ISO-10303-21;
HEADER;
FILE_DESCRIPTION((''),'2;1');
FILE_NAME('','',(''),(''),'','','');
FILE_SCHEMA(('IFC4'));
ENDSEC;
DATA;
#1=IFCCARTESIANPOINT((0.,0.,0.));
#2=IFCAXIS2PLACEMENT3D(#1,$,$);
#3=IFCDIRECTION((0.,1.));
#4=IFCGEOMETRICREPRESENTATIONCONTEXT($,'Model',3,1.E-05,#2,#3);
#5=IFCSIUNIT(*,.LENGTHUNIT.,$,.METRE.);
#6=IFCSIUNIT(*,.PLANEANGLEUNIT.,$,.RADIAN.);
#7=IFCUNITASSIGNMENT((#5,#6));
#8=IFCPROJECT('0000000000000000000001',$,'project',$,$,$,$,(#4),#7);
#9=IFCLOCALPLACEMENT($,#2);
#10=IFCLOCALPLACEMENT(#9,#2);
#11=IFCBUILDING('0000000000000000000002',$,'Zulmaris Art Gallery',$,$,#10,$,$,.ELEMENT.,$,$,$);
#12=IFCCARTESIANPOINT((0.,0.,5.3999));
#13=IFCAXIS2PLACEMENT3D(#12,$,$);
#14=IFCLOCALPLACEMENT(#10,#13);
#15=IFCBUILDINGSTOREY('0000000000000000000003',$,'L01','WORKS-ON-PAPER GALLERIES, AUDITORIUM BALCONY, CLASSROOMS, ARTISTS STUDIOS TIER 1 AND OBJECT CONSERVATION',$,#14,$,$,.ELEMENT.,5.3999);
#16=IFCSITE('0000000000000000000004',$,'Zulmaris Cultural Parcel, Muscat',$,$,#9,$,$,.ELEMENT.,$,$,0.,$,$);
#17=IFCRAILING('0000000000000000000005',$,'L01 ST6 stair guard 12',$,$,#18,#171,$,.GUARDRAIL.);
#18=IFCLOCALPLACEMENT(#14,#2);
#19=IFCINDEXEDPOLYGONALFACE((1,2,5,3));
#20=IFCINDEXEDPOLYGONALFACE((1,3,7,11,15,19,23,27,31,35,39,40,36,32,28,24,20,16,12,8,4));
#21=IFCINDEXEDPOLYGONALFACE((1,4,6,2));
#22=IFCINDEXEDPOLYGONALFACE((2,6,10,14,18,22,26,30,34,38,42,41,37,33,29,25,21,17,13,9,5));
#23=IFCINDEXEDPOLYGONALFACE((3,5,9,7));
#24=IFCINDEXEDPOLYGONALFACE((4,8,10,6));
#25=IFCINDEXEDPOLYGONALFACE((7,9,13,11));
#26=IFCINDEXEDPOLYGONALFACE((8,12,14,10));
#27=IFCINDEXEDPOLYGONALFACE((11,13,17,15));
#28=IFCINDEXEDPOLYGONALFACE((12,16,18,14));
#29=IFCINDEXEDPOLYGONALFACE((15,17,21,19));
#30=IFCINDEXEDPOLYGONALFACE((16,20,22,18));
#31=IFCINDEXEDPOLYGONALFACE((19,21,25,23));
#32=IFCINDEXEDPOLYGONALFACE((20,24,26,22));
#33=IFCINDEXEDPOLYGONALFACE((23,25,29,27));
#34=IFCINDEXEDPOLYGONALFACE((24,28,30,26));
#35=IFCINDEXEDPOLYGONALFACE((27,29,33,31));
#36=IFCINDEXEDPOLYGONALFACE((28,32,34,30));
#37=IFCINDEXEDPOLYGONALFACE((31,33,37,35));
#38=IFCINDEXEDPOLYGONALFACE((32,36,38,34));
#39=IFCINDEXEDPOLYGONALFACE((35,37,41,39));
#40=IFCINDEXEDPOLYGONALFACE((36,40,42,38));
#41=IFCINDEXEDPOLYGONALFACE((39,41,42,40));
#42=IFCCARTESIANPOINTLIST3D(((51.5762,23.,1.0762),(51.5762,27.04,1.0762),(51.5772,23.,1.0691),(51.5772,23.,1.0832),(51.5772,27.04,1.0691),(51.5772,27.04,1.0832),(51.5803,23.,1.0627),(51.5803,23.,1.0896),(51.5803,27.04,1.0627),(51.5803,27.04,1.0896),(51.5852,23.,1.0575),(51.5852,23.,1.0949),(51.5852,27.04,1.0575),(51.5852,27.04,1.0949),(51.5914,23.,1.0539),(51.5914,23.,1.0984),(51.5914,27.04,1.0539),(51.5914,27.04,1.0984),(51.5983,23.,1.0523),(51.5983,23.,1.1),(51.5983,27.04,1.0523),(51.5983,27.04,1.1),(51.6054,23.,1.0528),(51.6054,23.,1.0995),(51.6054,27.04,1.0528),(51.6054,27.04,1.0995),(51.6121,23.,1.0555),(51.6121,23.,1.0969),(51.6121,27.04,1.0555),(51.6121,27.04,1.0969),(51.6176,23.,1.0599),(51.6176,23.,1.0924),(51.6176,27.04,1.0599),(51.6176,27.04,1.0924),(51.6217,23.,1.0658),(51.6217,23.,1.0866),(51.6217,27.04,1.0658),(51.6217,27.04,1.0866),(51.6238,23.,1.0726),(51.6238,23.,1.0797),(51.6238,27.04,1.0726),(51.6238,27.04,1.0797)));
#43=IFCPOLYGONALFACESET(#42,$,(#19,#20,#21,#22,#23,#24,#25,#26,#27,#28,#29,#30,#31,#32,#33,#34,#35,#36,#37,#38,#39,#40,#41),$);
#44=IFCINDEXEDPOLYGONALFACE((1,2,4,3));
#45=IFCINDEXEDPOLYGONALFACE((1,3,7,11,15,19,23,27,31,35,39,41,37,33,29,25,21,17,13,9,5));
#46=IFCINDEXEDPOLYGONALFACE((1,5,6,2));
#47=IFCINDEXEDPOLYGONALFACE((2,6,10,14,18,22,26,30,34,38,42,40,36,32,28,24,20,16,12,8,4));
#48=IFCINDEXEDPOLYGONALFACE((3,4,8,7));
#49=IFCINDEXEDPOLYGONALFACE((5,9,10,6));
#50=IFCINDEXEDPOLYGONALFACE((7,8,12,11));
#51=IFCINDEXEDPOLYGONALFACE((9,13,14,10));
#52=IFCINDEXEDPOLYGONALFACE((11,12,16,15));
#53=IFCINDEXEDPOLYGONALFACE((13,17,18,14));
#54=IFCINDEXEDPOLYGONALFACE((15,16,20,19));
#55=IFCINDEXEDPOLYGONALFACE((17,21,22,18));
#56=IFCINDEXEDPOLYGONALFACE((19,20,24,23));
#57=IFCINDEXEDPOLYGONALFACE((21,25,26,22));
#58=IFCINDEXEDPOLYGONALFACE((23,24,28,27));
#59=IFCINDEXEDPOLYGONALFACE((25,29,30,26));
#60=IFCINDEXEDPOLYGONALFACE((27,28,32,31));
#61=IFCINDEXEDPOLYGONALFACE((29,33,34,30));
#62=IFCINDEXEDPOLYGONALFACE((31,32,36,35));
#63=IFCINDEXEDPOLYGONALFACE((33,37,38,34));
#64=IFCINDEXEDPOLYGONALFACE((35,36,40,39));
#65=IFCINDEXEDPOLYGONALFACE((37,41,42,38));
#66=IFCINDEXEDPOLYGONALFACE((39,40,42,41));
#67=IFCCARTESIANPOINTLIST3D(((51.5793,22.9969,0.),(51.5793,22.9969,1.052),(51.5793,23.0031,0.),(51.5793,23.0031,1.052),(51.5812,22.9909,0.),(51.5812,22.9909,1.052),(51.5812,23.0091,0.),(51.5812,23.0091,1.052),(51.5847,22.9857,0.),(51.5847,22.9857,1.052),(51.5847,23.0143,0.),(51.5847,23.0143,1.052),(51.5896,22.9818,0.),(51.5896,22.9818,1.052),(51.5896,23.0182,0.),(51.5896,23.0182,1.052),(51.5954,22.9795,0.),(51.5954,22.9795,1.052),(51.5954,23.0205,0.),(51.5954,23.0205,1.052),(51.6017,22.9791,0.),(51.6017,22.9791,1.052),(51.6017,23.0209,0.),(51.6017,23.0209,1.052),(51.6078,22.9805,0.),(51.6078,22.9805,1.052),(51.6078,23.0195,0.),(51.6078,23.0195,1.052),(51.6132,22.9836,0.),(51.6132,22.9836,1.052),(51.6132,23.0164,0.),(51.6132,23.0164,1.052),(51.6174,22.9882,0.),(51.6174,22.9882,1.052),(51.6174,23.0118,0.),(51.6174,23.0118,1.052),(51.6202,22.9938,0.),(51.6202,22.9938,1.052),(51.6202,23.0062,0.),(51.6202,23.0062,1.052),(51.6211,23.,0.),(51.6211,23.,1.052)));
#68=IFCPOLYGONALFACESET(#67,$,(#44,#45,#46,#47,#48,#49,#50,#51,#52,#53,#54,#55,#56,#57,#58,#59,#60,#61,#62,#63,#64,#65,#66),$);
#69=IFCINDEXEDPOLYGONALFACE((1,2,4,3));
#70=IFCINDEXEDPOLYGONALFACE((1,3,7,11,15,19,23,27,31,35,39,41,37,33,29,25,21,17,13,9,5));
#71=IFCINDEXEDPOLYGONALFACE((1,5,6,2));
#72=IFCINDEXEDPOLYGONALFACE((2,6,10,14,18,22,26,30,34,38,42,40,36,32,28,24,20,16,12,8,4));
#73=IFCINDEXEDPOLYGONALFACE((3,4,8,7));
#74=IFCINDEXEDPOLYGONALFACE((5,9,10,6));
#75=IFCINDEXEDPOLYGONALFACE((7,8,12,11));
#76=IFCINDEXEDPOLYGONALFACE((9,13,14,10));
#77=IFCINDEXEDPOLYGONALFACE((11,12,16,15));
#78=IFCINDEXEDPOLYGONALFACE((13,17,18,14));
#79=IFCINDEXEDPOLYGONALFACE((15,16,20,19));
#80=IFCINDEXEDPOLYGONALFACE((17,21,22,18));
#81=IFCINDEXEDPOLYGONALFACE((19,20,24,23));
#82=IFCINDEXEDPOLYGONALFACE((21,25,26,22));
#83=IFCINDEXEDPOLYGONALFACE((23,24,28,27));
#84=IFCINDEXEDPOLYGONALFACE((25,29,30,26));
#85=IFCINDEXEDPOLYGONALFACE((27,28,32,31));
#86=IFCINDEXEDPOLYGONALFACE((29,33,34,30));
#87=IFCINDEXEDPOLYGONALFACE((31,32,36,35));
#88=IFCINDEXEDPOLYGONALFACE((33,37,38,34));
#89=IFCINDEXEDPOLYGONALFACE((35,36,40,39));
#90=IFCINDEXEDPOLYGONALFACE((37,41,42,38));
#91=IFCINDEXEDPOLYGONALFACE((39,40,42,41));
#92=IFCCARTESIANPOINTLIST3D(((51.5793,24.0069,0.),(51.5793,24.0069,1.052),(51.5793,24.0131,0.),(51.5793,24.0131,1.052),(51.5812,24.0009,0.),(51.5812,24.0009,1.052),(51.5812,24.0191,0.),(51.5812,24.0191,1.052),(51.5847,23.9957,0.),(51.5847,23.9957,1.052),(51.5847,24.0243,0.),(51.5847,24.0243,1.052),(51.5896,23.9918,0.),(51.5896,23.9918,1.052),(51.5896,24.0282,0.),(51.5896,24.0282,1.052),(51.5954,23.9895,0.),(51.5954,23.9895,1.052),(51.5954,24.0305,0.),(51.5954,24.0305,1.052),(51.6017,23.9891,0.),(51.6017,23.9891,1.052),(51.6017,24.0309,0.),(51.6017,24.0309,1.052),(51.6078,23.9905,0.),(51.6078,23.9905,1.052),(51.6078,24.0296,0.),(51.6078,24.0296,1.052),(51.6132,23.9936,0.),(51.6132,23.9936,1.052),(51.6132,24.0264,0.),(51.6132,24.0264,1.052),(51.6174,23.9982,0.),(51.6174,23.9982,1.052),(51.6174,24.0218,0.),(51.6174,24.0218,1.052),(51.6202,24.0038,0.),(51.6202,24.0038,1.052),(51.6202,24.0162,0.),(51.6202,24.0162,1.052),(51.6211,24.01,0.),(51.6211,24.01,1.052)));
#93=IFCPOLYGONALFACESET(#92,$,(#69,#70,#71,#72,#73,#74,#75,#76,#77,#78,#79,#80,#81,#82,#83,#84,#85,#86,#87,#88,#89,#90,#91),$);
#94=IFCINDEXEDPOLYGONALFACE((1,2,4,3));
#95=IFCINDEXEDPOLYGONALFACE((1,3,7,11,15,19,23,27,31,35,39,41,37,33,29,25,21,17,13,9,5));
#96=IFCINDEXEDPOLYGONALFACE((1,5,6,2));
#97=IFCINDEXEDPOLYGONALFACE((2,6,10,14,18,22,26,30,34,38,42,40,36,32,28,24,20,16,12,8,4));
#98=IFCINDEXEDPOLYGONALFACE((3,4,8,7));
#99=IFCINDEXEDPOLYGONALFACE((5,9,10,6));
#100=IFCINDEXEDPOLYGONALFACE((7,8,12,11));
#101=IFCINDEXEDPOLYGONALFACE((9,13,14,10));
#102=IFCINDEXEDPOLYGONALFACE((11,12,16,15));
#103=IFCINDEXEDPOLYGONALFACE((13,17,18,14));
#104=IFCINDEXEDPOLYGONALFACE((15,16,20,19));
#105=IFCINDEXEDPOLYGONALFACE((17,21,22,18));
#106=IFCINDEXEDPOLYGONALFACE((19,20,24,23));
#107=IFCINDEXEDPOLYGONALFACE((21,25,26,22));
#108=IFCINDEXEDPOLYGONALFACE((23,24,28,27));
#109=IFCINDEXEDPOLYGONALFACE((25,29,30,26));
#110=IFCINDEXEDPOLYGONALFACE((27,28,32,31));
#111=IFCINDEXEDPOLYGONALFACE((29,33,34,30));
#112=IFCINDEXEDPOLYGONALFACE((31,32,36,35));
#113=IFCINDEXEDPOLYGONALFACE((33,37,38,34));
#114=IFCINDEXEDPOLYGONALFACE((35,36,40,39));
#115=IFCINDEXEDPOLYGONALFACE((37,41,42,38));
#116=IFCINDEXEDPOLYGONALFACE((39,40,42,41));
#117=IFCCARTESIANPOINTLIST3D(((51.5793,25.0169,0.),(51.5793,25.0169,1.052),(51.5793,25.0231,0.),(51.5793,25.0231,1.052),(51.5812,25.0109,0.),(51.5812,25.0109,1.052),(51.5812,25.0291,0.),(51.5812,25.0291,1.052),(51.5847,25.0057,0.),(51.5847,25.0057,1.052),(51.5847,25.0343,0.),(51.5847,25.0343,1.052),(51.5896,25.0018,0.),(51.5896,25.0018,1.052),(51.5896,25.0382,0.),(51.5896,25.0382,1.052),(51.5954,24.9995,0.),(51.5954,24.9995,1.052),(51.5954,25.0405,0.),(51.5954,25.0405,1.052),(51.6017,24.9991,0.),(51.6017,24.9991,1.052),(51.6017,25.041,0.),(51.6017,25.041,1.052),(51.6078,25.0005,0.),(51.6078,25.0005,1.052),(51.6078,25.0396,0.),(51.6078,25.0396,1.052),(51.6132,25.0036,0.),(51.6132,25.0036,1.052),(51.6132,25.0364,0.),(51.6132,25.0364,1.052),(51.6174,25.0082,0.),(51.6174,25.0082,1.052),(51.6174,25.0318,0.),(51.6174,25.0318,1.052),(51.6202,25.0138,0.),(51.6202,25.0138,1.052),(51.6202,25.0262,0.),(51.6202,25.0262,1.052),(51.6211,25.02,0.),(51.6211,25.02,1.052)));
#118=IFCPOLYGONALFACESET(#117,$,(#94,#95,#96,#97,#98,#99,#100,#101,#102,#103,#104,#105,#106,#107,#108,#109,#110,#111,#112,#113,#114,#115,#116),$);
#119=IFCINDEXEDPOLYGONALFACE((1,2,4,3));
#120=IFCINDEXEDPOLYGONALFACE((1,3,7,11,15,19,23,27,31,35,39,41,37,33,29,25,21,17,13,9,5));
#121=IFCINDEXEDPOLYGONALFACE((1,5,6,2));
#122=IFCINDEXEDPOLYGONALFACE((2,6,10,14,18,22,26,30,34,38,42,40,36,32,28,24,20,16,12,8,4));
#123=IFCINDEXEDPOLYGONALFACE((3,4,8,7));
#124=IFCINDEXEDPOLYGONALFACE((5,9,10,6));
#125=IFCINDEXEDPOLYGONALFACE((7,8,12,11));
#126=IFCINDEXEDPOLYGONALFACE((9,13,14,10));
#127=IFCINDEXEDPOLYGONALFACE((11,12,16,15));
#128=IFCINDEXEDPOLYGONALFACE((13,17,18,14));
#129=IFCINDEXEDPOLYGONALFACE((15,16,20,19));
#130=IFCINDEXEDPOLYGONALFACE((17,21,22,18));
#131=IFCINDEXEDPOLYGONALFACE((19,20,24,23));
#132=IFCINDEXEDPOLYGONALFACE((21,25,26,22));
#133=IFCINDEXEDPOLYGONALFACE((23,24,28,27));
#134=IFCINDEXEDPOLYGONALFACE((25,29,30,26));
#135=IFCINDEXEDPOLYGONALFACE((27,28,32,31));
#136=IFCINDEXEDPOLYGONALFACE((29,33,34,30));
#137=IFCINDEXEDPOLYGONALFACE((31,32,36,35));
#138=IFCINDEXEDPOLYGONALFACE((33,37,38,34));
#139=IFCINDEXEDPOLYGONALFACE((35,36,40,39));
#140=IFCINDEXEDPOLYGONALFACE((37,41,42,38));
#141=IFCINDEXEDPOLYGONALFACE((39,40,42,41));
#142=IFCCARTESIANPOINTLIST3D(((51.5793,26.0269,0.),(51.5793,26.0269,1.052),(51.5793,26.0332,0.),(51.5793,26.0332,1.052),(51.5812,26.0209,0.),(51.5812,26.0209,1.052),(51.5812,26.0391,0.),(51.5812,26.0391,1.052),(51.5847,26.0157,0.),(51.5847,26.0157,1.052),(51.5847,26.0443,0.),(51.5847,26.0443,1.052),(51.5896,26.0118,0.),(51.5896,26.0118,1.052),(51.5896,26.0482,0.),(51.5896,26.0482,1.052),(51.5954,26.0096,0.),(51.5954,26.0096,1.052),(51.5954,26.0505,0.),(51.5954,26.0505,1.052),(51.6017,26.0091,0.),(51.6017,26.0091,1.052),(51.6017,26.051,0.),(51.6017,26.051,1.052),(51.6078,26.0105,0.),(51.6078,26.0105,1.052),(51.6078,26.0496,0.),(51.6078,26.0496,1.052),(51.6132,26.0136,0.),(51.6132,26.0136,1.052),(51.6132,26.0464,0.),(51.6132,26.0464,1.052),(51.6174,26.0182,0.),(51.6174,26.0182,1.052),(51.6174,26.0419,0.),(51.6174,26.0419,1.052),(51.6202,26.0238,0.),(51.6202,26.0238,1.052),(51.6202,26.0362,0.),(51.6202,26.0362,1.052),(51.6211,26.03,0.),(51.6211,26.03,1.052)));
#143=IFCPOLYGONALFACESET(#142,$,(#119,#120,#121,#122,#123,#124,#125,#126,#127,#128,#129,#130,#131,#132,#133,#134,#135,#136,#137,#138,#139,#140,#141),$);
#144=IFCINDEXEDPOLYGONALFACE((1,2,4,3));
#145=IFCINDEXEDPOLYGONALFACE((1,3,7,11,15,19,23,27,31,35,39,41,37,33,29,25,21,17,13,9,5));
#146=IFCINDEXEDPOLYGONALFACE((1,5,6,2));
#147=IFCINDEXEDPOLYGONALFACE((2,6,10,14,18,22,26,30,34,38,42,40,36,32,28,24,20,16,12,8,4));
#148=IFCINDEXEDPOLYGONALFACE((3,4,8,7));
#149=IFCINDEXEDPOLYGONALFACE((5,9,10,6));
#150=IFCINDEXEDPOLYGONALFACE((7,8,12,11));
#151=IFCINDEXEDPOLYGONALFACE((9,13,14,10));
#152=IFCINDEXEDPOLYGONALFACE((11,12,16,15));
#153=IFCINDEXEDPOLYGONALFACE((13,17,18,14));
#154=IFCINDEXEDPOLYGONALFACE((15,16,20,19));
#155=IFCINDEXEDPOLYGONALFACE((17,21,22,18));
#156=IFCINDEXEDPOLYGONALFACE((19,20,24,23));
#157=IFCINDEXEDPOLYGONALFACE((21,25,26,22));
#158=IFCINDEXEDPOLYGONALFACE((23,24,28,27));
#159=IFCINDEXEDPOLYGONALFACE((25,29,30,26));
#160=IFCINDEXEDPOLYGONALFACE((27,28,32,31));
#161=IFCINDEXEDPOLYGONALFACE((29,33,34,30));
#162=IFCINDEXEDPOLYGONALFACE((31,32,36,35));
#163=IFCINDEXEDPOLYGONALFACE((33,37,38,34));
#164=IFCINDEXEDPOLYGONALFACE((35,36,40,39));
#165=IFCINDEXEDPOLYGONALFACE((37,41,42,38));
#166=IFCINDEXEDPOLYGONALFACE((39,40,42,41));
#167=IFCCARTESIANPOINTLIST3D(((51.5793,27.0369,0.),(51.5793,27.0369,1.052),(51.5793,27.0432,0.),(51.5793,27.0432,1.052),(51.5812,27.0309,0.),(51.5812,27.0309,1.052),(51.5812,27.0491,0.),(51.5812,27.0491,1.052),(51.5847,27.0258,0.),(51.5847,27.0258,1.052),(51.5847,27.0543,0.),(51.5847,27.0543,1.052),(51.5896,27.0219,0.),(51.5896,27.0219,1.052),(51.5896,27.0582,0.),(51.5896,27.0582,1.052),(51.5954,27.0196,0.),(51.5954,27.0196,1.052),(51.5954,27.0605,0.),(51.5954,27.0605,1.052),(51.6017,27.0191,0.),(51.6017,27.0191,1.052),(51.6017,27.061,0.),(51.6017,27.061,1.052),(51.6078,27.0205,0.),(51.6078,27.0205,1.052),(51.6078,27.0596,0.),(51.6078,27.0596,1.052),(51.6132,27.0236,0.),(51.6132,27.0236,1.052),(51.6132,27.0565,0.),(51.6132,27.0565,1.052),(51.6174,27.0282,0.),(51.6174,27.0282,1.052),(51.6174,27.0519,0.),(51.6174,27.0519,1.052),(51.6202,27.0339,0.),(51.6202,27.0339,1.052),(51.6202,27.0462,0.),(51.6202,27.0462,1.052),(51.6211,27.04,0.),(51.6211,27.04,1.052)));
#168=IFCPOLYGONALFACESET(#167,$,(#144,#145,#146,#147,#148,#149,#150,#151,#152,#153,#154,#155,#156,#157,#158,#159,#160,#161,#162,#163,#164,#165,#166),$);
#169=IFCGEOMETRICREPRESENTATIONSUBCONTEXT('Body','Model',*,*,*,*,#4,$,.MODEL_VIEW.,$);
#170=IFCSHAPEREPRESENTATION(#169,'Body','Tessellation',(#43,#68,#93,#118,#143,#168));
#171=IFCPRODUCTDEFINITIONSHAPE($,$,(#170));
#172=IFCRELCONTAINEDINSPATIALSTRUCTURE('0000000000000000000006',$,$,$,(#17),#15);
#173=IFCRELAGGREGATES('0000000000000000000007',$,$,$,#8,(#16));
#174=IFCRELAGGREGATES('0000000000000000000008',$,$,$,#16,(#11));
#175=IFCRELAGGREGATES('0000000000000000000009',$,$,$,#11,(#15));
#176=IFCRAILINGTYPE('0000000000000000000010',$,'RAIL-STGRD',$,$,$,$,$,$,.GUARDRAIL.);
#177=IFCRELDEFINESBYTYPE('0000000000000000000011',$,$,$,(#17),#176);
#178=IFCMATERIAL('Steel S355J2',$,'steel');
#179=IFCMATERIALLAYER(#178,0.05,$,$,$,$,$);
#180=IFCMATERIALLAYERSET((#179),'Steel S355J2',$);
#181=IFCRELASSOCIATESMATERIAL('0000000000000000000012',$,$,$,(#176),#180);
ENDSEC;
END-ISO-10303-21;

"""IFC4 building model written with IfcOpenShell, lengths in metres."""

from ifc_helpers import new_model, si_unit, direction, frame, origin, origin_2d, place, context, subcontext, project, spatial, circle, extrude, material, layer, layer_set, type_object, element, save


model = new_model("IFC4")

# Units and contexts
model_context = context("Model", 3, precision=1e-05, world=origin(), true_north=direction((0.0, 1.0)))
body_context = subcontext(model_context, "Body", "Model", "MODEL_VIEW")
ifc_project = project(units=[si_unit("LENGTHUNIT", "METRE"), si_unit("PLANEANGLEUNIT", "RADIAN")], contexts=[model_context])

# Site, building, storey
site_placement = place(None, origin())
site = spatial("IfcSite", under=ifc_project, at=site_placement, Name="Zulmaris Cultural Parcel, Muscat", CompositionType="ELEMENT", RefElevation=0.0)
building_placement = place(site_placement, origin())
building = spatial("IfcBuilding", under=site, at=building_placement, Name="Zulmaris Art Gallery", CompositionType="ELEMENT")
storey_placement = place(building_placement, frame((0.0, 0.0, 5.3999)))
storey = spatial("IfcBuildingStorey", under=building, at=storey_placement, Name="L01", Description="WORKS-ON-PAPER GALLERIES, AUDITORIUM BALCONY, CLASSROOMS, ARTISTS STUDIOS TIER 1 AND OBJECT CONSERVATION", CompositionType="ELEMENT", Elevation=5.3999)

# Shared definitions
ifc_material_1 = material(Name="Steel S355J2", Category="steel")

# Railing
ifc_layer_1 = layer(ifc_material_1, 0.05)
ifc_layer_set_1 = layer_set([ifc_layer_1], Name="Steel S355J2")
railing_type_1 = type_object("IfcRailingType", Name="RAIL-STGRD", PredefinedType="GUARDRAIL", material=ifc_layer_set_1)
railing_1_placement = place(storey_placement, frame((51.6001, 23.0, 0.0)))
element("IfcRailing", 1, at=railing_1_placement, inside=storey, type_object=railing_type_1, Name="L01 ST6 stair guard 12", PredefinedType="GUARDRAIL", context=body_context, shape_type="SweptSolid", body=[
    extrude(circle(Radius=0.0239, at=origin_2d()), frame((0.0, 0.0, 1.0762), z_axis=(0.0, 1.0, 0.0), x_axis=(-1.0, 0.0, 0.0)), (0.0, 0.0, 1.0), 4.04),
    extrude(circle(Radius=0.021, at=origin_2d()), origin(), (0.0, 0.0, 1.0), 1.052),
    extrude(circle(Radius=0.021, at=origin_2d()), frame((0.0, 1.01, 0.0)), (0.0, 0.0, 1.0), 1.052),
    extrude(circle(Radius=0.021, at=origin_2d()), frame((0.0, 2.02, 0.0)), (0.0, 0.0, 1.0), 1.052),
    extrude(circle(Radius=0.021, at=origin_2d()), frame((0.0, 3.03, 0.0)), (0.0, 0.0, 1.0), 1.052),
    extrude(circle(Radius=0.021, at=origin_2d()), frame((0.0, 4.04, 0.0)), (0.0, 0.0, 1.0), 1.052),
])

save(model, "model.ifc")
